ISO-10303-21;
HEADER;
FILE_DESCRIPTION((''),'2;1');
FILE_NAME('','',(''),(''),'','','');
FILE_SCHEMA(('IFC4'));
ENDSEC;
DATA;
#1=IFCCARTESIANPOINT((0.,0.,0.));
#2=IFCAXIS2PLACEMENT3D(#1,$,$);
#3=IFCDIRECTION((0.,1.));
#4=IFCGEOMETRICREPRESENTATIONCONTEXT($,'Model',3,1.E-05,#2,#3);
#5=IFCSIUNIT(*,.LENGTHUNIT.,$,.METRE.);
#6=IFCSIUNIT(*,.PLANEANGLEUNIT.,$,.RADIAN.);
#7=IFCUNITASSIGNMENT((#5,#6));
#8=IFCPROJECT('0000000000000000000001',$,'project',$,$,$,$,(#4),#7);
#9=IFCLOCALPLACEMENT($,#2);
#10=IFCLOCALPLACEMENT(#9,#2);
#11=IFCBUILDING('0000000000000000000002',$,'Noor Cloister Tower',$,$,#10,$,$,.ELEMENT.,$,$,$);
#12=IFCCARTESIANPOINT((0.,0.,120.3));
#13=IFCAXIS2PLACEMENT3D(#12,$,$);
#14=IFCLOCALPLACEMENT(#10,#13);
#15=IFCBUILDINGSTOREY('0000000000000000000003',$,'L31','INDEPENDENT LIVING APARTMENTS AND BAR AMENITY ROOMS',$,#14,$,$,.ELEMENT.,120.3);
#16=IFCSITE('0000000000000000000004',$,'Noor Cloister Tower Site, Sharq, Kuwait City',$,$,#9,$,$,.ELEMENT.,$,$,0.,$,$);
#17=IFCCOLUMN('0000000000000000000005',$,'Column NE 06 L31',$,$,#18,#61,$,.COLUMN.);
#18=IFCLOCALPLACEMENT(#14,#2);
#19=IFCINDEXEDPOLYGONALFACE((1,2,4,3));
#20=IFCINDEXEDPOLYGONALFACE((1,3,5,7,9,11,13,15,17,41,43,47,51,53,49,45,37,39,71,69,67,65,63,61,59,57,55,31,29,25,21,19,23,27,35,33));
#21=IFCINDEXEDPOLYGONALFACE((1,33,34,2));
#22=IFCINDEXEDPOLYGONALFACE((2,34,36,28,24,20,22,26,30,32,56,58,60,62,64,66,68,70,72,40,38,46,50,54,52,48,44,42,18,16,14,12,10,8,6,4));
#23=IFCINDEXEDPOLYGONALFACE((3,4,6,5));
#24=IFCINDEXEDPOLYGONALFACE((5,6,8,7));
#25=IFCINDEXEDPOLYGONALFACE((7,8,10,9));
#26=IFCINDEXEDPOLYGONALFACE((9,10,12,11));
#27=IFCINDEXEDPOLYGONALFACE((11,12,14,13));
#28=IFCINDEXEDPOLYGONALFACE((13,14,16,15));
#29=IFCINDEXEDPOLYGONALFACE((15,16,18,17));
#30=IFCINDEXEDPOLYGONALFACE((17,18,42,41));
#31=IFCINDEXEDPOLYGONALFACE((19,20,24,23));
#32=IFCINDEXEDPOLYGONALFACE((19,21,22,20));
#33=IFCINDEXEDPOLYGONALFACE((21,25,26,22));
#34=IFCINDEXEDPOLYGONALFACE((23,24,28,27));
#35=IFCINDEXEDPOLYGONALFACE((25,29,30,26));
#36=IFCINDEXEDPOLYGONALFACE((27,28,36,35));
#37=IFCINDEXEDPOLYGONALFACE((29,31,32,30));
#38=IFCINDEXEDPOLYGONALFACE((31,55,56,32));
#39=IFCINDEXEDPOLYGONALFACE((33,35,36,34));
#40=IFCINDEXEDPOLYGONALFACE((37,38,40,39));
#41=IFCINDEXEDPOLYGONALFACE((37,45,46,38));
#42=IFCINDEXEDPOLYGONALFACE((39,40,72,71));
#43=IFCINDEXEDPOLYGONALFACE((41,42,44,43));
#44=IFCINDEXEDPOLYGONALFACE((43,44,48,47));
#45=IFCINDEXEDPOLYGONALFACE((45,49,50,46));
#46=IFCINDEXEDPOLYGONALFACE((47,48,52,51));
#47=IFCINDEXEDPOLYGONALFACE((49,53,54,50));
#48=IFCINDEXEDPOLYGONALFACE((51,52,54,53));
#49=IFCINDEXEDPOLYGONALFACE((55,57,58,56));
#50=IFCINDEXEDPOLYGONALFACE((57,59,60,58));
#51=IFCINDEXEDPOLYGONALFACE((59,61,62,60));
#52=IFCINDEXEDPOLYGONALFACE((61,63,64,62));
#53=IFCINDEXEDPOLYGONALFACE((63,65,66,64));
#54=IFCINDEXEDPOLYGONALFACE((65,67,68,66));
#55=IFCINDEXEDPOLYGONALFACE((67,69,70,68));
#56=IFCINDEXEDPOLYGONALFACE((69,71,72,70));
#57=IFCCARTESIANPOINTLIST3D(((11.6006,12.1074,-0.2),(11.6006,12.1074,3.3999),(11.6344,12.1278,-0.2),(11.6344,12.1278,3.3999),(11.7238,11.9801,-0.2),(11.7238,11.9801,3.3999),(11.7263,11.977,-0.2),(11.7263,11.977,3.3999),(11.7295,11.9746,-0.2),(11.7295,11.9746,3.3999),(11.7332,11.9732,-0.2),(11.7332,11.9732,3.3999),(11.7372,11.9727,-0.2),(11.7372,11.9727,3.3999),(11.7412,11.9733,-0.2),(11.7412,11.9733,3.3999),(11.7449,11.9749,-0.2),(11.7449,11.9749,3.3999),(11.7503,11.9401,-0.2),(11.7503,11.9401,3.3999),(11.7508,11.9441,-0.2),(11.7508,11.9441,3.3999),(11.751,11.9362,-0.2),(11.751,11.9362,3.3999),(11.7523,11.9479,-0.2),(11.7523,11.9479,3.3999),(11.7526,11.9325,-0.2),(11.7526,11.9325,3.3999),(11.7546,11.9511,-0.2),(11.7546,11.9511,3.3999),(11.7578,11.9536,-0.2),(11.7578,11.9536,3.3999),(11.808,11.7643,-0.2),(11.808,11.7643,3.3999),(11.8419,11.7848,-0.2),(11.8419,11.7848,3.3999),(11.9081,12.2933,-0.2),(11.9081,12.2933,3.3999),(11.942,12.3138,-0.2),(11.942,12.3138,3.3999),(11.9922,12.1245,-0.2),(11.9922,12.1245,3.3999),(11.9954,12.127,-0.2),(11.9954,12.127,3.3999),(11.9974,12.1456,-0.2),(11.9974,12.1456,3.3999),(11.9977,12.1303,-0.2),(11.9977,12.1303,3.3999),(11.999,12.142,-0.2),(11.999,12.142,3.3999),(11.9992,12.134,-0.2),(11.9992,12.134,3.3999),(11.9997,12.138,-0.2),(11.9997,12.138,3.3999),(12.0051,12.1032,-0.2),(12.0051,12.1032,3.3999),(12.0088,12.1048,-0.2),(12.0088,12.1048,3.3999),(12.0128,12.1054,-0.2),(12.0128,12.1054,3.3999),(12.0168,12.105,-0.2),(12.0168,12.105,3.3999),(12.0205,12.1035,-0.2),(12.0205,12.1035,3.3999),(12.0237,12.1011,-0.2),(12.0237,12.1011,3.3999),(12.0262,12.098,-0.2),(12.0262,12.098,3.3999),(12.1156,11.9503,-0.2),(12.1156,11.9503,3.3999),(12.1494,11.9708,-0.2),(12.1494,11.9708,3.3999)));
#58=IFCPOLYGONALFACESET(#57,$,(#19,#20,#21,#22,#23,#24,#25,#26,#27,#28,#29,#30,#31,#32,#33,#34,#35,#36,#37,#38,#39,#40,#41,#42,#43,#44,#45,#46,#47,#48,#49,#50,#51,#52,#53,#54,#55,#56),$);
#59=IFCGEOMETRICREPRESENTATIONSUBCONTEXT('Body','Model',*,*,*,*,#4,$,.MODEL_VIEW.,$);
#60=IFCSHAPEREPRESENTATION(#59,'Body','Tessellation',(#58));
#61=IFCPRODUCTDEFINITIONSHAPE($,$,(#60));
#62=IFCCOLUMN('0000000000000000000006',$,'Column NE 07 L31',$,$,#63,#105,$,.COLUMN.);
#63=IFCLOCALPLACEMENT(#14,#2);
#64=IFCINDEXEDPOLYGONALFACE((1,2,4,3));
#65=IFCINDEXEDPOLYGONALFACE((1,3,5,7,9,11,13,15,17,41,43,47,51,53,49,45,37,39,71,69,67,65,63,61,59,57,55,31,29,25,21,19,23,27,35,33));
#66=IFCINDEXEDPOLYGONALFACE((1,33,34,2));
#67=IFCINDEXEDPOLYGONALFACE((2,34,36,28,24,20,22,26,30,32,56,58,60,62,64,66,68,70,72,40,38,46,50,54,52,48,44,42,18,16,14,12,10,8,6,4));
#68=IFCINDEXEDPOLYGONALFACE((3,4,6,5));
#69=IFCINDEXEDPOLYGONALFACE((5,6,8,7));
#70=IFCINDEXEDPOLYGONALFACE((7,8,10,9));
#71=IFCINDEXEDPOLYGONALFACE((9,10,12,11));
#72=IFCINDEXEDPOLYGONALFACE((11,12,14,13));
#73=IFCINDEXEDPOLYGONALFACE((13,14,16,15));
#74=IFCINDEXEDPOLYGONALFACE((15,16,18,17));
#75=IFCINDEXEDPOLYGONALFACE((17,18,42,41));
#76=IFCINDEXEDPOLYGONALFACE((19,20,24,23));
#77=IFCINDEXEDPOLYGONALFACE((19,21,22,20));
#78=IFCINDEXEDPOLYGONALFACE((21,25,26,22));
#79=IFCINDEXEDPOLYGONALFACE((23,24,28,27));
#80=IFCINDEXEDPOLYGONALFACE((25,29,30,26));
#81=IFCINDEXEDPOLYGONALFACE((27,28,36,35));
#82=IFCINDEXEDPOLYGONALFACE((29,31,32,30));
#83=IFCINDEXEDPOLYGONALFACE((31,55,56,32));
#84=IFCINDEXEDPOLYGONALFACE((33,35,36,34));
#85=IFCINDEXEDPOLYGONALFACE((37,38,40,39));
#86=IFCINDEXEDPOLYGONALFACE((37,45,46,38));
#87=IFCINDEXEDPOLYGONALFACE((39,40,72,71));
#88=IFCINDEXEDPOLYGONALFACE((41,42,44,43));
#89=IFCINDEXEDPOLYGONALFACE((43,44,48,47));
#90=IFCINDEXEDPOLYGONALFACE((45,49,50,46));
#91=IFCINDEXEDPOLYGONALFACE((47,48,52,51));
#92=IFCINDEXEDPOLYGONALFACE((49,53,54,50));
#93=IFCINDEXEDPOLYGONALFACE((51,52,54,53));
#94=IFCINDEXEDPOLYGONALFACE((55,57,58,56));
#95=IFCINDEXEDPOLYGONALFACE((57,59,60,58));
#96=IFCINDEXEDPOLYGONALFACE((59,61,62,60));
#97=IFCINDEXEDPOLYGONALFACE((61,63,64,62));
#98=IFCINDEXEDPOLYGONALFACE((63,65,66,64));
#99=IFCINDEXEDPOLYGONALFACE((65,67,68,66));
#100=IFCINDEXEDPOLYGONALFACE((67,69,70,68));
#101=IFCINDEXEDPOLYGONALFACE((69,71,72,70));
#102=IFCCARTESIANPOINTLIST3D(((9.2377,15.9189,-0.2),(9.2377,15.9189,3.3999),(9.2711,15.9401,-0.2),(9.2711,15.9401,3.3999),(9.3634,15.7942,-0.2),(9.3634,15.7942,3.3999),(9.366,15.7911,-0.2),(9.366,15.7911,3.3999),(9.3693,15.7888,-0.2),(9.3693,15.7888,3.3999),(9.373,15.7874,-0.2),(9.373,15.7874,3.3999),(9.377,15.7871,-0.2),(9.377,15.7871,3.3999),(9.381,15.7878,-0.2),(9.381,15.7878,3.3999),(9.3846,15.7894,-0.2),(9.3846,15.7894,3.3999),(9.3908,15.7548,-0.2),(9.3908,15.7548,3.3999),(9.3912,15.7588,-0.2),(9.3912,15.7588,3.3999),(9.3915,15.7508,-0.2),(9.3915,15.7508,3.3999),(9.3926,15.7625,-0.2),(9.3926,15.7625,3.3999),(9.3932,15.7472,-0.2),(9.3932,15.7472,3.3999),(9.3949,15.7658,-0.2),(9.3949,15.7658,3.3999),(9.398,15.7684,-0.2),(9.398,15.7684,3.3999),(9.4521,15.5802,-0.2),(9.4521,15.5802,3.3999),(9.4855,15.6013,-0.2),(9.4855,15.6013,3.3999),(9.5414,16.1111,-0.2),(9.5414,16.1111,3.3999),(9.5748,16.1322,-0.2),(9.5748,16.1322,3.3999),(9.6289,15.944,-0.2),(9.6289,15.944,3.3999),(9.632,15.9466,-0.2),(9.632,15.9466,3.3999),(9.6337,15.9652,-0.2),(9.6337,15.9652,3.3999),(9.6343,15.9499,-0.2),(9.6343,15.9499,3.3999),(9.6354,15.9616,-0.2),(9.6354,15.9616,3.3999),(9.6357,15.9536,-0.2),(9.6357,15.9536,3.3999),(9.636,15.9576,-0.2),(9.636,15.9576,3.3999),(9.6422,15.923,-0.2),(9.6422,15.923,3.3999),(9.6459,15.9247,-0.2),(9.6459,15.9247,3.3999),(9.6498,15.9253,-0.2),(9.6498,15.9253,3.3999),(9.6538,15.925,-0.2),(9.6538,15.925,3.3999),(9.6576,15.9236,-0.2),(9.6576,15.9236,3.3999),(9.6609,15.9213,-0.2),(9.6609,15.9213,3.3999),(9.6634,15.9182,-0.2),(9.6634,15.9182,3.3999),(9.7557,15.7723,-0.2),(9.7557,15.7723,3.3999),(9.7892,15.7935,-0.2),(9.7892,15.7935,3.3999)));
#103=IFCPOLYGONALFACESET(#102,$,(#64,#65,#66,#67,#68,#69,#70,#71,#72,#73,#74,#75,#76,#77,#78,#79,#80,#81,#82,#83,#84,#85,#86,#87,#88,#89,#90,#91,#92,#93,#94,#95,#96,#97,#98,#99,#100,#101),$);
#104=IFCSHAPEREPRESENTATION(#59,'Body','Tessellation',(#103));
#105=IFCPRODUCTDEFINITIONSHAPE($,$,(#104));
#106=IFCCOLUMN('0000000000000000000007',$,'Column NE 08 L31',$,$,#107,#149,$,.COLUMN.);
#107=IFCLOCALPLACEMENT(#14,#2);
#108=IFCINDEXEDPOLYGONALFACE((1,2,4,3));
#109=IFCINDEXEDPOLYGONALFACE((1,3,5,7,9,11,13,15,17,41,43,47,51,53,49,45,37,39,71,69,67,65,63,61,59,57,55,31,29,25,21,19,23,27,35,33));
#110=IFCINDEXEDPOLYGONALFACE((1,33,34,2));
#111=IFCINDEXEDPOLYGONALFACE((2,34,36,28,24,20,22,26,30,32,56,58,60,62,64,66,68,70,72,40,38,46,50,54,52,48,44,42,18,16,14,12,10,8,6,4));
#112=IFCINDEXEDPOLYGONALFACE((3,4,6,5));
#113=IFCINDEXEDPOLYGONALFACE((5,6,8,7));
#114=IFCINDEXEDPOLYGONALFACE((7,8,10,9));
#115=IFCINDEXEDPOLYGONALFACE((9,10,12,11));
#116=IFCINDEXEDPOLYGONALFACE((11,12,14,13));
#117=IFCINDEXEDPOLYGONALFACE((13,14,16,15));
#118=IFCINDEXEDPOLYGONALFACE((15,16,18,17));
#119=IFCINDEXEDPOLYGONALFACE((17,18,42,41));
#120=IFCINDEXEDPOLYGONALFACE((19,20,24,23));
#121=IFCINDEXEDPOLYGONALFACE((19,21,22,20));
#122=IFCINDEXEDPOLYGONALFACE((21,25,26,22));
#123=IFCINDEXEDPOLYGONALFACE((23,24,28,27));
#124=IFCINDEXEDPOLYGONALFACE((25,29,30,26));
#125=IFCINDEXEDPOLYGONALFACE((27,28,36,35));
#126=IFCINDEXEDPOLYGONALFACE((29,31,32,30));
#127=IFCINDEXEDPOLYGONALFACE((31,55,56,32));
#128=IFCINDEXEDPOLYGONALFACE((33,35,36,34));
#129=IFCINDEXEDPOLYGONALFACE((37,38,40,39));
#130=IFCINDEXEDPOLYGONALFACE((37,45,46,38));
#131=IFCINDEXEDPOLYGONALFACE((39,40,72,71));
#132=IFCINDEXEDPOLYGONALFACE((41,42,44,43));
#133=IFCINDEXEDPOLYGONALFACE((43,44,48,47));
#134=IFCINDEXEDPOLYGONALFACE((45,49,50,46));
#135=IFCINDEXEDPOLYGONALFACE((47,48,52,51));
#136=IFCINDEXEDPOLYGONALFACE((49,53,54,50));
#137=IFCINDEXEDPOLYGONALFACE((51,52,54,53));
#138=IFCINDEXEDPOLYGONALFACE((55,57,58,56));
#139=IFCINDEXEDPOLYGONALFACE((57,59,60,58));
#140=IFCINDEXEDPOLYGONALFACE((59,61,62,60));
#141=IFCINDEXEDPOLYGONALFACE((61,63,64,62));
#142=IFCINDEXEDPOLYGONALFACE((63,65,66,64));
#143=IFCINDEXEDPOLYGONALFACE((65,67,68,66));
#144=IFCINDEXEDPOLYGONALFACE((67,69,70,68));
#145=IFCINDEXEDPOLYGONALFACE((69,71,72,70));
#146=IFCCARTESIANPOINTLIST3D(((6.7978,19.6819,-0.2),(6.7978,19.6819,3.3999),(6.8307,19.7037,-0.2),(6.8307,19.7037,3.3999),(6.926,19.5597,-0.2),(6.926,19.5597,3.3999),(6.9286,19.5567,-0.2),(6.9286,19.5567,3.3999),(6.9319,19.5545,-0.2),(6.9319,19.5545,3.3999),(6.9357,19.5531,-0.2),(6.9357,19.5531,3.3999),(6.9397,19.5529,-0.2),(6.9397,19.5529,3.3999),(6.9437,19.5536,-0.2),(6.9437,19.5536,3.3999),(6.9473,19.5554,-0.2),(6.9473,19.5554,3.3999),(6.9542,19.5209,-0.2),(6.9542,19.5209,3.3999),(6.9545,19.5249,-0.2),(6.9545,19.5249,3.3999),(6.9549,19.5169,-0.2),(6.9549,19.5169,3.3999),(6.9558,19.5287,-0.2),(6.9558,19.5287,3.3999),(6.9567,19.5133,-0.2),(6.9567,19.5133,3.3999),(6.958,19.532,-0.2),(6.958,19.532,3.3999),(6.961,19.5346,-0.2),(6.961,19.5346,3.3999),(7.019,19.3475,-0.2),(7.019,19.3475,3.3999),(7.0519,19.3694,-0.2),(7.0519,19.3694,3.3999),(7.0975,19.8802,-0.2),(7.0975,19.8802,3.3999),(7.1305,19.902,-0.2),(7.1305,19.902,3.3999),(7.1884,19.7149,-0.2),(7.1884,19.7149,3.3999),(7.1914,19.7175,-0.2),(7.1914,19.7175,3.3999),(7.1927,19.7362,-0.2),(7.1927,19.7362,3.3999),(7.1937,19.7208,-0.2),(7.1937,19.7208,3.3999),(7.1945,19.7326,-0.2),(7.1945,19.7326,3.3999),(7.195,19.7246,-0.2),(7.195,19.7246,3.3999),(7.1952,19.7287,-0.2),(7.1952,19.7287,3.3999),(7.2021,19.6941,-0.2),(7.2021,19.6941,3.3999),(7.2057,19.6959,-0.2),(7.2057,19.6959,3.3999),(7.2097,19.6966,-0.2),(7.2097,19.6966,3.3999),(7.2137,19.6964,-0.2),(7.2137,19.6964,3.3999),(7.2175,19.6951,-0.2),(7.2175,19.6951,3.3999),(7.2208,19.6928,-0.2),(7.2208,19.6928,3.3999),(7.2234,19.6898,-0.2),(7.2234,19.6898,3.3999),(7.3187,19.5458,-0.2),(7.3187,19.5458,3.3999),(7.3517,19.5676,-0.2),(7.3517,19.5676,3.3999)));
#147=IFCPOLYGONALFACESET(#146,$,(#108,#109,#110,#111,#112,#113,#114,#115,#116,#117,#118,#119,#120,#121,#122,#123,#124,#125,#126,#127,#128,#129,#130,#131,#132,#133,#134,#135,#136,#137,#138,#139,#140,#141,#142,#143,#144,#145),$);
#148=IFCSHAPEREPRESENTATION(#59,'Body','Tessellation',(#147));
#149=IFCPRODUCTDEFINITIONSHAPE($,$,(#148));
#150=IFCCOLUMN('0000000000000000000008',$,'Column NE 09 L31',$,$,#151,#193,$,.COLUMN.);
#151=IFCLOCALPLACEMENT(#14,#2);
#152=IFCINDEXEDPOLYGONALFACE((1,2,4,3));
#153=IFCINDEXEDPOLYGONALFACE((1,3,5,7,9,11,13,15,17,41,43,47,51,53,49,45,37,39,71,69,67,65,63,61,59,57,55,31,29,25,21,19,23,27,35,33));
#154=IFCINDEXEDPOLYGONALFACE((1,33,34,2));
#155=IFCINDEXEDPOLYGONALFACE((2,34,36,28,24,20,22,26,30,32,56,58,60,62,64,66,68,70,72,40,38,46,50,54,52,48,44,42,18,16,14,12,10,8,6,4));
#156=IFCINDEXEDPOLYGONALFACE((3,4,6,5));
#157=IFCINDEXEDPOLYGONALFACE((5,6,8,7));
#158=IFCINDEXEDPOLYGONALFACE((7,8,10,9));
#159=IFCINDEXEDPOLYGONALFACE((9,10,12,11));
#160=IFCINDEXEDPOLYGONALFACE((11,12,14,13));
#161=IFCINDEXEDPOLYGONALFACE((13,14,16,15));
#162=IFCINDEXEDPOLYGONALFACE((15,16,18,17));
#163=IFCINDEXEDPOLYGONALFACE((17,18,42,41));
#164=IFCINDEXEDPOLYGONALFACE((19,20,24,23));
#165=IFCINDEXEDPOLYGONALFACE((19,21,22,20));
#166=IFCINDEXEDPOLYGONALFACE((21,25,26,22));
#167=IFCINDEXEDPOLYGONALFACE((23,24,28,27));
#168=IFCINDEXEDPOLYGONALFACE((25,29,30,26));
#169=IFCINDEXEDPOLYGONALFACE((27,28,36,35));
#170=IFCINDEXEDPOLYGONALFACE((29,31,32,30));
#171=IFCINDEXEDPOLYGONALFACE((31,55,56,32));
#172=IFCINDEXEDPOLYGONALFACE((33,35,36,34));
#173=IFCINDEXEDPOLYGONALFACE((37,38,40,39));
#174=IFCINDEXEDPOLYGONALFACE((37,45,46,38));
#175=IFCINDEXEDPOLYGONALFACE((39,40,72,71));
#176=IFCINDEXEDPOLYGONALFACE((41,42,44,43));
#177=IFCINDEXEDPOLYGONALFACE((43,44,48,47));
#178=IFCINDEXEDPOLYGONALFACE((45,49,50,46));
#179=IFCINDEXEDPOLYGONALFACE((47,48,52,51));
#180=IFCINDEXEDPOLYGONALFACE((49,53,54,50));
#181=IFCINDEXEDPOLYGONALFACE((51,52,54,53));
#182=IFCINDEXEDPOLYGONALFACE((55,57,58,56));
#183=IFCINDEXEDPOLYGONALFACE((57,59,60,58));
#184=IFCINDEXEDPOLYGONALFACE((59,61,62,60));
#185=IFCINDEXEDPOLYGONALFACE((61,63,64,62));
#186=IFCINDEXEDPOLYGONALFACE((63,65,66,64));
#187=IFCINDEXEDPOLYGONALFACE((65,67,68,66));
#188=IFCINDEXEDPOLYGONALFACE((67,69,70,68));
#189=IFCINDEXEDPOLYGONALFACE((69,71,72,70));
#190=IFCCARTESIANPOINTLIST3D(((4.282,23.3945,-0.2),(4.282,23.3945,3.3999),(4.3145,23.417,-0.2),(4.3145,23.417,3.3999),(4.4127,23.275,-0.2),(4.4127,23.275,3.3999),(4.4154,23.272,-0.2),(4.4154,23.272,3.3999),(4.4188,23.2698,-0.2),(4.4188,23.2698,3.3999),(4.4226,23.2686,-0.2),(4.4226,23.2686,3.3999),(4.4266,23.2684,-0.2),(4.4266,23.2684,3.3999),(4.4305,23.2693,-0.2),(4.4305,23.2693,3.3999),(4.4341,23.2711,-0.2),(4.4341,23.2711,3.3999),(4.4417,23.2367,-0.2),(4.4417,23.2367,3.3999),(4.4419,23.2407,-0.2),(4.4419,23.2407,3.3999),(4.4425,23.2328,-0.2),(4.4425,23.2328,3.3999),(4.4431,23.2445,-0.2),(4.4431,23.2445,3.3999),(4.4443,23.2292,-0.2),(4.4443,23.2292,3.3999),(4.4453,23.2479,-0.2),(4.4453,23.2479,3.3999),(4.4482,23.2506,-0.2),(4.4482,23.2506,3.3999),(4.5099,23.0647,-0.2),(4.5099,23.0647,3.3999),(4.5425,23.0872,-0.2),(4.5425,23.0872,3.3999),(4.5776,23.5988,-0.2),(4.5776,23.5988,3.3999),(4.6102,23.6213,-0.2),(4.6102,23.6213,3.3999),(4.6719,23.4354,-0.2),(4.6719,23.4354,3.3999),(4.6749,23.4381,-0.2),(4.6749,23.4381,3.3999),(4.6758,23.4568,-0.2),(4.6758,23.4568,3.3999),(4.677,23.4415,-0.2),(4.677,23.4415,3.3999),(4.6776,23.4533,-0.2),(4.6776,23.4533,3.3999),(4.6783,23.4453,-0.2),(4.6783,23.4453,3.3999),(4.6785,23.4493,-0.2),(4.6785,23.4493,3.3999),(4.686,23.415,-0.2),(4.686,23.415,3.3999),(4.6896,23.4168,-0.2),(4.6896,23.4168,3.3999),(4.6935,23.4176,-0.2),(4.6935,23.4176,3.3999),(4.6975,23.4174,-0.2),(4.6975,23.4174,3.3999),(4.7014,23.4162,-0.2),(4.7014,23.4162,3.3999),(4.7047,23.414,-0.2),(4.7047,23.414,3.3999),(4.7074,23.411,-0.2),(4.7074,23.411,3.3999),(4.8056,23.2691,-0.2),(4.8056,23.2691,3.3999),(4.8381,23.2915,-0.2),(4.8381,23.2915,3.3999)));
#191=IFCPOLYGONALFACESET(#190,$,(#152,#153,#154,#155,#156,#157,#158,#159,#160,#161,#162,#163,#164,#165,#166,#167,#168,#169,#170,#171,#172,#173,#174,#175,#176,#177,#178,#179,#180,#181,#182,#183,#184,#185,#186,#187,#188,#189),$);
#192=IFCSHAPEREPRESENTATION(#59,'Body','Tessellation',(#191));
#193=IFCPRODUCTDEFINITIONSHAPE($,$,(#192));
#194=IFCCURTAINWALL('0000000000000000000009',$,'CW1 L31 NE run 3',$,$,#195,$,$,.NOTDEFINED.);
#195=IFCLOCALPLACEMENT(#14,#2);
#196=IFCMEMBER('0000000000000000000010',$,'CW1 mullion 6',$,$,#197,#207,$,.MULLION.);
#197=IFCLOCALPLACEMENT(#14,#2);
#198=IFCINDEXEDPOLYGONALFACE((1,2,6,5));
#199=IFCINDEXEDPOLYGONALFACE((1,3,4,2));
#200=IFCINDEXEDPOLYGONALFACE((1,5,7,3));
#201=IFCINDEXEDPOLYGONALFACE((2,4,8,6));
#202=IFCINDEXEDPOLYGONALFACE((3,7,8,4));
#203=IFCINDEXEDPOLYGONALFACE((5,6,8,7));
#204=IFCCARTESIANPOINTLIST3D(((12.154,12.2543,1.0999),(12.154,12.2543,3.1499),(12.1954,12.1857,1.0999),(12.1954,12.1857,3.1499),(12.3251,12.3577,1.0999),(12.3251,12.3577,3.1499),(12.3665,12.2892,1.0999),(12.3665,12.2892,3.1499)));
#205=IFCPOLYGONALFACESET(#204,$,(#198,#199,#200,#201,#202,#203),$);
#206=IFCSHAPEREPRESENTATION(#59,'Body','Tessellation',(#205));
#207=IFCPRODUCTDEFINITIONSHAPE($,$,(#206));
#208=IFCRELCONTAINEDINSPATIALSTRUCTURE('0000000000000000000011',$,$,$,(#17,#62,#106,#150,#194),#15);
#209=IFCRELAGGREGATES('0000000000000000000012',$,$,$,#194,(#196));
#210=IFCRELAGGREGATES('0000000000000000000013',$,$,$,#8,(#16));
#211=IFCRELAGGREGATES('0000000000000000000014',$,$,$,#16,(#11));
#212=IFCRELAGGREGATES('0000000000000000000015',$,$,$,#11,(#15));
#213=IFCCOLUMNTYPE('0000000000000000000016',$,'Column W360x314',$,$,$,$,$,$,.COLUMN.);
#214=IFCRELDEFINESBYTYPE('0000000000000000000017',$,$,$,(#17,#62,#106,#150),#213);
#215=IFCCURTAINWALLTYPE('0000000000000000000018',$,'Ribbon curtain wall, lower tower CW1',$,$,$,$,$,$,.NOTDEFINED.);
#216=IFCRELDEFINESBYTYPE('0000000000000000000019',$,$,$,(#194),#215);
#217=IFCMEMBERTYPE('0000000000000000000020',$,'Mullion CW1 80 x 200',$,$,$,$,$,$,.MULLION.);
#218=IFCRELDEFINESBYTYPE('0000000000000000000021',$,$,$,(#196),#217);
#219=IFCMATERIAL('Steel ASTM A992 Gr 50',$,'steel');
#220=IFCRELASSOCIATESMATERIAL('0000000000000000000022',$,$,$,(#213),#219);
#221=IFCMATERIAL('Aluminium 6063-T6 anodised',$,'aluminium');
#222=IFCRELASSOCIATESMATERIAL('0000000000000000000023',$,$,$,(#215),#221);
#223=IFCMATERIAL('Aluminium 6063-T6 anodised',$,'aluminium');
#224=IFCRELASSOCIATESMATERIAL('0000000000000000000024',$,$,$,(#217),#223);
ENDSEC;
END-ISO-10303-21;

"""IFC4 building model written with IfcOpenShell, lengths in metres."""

from ifc_helpers import new_model, si_unit, direction, frame, origin, origin_2d, place, context, subcontext, project, spatial, rectangle, i_section, extrude, material, material_profile, profile_set, type_object, element, aggregate, save


model = new_model("IFC4")

# Units and contexts
model_context = context("Model", 3, precision=1e-05, world=origin(), true_north=direction((0.0, 1.0)))
body_context = subcontext(model_context, "Body", "Model", "MODEL_VIEW")
ifc_project = project(units=[si_unit("LENGTHUNIT", "METRE"), si_unit("PLANEANGLEUNIT", "RADIAN")], contexts=[model_context])

# Site, building, storey
site_placement = place(None, origin())
site = spatial("IfcSite", under=ifc_project, at=site_placement, Name="Noor Cloister Tower Site, Sharq, Kuwait City", CompositionType="ELEMENT", RefElevation=0.0)
building_placement = place(site_placement, origin())
building = spatial("IfcBuilding", under=site, at=building_placement, Name="Noor Cloister Tower", CompositionType="ELEMENT")
storey_placement = place(building_placement, frame((0.0, 0.0, 120.3)))
storey = spatial("IfcBuildingStorey", under=building, at=storey_placement, Name="L31", Description="INDEPENDENT LIVING APARTMENTS AND BAR AMENITY ROOMS", CompositionType="ELEMENT", Elevation=120.3)

# Columns
ifc_material_1 = material(Name="Steel ASTM A992 Gr 50", Category="steel")
ifc_material_profile_1 = material_profile(ifc_material_1, i_section(OverallWidth=0.4009, OverallDepth=0.3989, WebThickness=0.0249, FlangeThickness=0.0396, FilletRadius=0.0154, at=origin_2d()), Name="W360x314")
ifc_profile_set_1 = profile_set([ifc_material_profile_1], Name="Steel ASTM A992 Gr 50")
column_type = type_object("IfcColumnType", Name="Column W360x314", PredefinedType="COLUMN", material=ifc_profile_set_1)
for number, where, z_axis, x_axis, name in (
    (1, (11.875, 12.0391, -0.2), (0.0, 0.0, 1.0), (-0.517472, 0.8557, 0.0), "Column NE 06 L31"),
    (2, (9.5134, 15.8562, -0.2), (0.0, 0.0, 1.0), (-0.53473, 0.845023, 0.0), "Column NE 07 L31"),
    (3, (7.0747, 19.6248, -0.2), (0.0, 0.0, 1.0), (-0.551768, 0.833997, 0.0), "Column NE 08 L31"),
    (4, (4.5601, 23.343, -0.2), (0.0, 0.0, 1.0), (-0.568579, 0.822628, 0.0), "Column NE 09 L31"),
):
    element("IfcColumn", number, at=place(storey_placement, frame(where, z_axis=z_axis, x_axis=x_axis)), inside=storey, type_object=column_type, Name=name, PredefinedType="COLUMN", context=body_context, shape_type="SweptSolid", body=[
        extrude(i_section(OverallWidth=0.4009, OverallDepth=0.3989, WebThickness=0.0249, FlangeThickness=0.0396, FilletRadius=0.0154, at=origin_2d()), origin(), (0.0, 0.0, 1.0), 3.5999),
    ])

# Curtain wall, member
ifc_material_2 = material(Name="Aluminium 6063-T6 anodised", Category="aluminium")
curtain_wall_type = type_object("IfcCurtainWallType", Name="Ribbon curtain wall, lower tower CW1", PredefinedType="NOTDEFINED", material=ifc_material_2)
curtain_wall_placement = place(storey_placement, origin())
curtain_wall = element("IfcCurtainWall", 5, at=curtain_wall_placement, inside=storey, type_object=curtain_wall_type, Name="CW1 L31 NE run 3", PredefinedType="NOTDEFINED")
ifc_material_3 = material(Name="Aluminium 6063-T6 anodised", Category="aluminium")
ifc_material_profile_2 = material_profile(ifc_material_3, rectangle(XDim=0.2, YDim=0.0801, at=origin_2d()), Name="200 x 80 mullion")
ifc_profile_set_2 = profile_set([ifc_material_profile_2], Name="Aluminium 6063-T6 anodised")
member_type = type_object("IfcMemberType", Name="Mullion CW1 80 x 200", PredefinedType="MULLION", material=ifc_profile_set_2)
member_1_placement = place(storey_placement, frame((12.2603, 12.2717, 1.0999), z_axis=(0.0, 0.0, 1.0), x_axis=(-0.8557, -0.517472, 0.0)))
member_1 = element("IfcMember", 6, at=member_1_placement, type_object=member_type, Name="CW1 mullion 6", PredefinedType="MULLION", context=body_context, shape_type="SweptSolid", body=[
    extrude(rectangle(XDim=0.2, YDim=0.0801, at=origin_2d()), origin(), (0.0, 0.0, 1.0), 2.05),
])

aggregate(curtain_wall, [member_1])

save(model, "model.ifc")
